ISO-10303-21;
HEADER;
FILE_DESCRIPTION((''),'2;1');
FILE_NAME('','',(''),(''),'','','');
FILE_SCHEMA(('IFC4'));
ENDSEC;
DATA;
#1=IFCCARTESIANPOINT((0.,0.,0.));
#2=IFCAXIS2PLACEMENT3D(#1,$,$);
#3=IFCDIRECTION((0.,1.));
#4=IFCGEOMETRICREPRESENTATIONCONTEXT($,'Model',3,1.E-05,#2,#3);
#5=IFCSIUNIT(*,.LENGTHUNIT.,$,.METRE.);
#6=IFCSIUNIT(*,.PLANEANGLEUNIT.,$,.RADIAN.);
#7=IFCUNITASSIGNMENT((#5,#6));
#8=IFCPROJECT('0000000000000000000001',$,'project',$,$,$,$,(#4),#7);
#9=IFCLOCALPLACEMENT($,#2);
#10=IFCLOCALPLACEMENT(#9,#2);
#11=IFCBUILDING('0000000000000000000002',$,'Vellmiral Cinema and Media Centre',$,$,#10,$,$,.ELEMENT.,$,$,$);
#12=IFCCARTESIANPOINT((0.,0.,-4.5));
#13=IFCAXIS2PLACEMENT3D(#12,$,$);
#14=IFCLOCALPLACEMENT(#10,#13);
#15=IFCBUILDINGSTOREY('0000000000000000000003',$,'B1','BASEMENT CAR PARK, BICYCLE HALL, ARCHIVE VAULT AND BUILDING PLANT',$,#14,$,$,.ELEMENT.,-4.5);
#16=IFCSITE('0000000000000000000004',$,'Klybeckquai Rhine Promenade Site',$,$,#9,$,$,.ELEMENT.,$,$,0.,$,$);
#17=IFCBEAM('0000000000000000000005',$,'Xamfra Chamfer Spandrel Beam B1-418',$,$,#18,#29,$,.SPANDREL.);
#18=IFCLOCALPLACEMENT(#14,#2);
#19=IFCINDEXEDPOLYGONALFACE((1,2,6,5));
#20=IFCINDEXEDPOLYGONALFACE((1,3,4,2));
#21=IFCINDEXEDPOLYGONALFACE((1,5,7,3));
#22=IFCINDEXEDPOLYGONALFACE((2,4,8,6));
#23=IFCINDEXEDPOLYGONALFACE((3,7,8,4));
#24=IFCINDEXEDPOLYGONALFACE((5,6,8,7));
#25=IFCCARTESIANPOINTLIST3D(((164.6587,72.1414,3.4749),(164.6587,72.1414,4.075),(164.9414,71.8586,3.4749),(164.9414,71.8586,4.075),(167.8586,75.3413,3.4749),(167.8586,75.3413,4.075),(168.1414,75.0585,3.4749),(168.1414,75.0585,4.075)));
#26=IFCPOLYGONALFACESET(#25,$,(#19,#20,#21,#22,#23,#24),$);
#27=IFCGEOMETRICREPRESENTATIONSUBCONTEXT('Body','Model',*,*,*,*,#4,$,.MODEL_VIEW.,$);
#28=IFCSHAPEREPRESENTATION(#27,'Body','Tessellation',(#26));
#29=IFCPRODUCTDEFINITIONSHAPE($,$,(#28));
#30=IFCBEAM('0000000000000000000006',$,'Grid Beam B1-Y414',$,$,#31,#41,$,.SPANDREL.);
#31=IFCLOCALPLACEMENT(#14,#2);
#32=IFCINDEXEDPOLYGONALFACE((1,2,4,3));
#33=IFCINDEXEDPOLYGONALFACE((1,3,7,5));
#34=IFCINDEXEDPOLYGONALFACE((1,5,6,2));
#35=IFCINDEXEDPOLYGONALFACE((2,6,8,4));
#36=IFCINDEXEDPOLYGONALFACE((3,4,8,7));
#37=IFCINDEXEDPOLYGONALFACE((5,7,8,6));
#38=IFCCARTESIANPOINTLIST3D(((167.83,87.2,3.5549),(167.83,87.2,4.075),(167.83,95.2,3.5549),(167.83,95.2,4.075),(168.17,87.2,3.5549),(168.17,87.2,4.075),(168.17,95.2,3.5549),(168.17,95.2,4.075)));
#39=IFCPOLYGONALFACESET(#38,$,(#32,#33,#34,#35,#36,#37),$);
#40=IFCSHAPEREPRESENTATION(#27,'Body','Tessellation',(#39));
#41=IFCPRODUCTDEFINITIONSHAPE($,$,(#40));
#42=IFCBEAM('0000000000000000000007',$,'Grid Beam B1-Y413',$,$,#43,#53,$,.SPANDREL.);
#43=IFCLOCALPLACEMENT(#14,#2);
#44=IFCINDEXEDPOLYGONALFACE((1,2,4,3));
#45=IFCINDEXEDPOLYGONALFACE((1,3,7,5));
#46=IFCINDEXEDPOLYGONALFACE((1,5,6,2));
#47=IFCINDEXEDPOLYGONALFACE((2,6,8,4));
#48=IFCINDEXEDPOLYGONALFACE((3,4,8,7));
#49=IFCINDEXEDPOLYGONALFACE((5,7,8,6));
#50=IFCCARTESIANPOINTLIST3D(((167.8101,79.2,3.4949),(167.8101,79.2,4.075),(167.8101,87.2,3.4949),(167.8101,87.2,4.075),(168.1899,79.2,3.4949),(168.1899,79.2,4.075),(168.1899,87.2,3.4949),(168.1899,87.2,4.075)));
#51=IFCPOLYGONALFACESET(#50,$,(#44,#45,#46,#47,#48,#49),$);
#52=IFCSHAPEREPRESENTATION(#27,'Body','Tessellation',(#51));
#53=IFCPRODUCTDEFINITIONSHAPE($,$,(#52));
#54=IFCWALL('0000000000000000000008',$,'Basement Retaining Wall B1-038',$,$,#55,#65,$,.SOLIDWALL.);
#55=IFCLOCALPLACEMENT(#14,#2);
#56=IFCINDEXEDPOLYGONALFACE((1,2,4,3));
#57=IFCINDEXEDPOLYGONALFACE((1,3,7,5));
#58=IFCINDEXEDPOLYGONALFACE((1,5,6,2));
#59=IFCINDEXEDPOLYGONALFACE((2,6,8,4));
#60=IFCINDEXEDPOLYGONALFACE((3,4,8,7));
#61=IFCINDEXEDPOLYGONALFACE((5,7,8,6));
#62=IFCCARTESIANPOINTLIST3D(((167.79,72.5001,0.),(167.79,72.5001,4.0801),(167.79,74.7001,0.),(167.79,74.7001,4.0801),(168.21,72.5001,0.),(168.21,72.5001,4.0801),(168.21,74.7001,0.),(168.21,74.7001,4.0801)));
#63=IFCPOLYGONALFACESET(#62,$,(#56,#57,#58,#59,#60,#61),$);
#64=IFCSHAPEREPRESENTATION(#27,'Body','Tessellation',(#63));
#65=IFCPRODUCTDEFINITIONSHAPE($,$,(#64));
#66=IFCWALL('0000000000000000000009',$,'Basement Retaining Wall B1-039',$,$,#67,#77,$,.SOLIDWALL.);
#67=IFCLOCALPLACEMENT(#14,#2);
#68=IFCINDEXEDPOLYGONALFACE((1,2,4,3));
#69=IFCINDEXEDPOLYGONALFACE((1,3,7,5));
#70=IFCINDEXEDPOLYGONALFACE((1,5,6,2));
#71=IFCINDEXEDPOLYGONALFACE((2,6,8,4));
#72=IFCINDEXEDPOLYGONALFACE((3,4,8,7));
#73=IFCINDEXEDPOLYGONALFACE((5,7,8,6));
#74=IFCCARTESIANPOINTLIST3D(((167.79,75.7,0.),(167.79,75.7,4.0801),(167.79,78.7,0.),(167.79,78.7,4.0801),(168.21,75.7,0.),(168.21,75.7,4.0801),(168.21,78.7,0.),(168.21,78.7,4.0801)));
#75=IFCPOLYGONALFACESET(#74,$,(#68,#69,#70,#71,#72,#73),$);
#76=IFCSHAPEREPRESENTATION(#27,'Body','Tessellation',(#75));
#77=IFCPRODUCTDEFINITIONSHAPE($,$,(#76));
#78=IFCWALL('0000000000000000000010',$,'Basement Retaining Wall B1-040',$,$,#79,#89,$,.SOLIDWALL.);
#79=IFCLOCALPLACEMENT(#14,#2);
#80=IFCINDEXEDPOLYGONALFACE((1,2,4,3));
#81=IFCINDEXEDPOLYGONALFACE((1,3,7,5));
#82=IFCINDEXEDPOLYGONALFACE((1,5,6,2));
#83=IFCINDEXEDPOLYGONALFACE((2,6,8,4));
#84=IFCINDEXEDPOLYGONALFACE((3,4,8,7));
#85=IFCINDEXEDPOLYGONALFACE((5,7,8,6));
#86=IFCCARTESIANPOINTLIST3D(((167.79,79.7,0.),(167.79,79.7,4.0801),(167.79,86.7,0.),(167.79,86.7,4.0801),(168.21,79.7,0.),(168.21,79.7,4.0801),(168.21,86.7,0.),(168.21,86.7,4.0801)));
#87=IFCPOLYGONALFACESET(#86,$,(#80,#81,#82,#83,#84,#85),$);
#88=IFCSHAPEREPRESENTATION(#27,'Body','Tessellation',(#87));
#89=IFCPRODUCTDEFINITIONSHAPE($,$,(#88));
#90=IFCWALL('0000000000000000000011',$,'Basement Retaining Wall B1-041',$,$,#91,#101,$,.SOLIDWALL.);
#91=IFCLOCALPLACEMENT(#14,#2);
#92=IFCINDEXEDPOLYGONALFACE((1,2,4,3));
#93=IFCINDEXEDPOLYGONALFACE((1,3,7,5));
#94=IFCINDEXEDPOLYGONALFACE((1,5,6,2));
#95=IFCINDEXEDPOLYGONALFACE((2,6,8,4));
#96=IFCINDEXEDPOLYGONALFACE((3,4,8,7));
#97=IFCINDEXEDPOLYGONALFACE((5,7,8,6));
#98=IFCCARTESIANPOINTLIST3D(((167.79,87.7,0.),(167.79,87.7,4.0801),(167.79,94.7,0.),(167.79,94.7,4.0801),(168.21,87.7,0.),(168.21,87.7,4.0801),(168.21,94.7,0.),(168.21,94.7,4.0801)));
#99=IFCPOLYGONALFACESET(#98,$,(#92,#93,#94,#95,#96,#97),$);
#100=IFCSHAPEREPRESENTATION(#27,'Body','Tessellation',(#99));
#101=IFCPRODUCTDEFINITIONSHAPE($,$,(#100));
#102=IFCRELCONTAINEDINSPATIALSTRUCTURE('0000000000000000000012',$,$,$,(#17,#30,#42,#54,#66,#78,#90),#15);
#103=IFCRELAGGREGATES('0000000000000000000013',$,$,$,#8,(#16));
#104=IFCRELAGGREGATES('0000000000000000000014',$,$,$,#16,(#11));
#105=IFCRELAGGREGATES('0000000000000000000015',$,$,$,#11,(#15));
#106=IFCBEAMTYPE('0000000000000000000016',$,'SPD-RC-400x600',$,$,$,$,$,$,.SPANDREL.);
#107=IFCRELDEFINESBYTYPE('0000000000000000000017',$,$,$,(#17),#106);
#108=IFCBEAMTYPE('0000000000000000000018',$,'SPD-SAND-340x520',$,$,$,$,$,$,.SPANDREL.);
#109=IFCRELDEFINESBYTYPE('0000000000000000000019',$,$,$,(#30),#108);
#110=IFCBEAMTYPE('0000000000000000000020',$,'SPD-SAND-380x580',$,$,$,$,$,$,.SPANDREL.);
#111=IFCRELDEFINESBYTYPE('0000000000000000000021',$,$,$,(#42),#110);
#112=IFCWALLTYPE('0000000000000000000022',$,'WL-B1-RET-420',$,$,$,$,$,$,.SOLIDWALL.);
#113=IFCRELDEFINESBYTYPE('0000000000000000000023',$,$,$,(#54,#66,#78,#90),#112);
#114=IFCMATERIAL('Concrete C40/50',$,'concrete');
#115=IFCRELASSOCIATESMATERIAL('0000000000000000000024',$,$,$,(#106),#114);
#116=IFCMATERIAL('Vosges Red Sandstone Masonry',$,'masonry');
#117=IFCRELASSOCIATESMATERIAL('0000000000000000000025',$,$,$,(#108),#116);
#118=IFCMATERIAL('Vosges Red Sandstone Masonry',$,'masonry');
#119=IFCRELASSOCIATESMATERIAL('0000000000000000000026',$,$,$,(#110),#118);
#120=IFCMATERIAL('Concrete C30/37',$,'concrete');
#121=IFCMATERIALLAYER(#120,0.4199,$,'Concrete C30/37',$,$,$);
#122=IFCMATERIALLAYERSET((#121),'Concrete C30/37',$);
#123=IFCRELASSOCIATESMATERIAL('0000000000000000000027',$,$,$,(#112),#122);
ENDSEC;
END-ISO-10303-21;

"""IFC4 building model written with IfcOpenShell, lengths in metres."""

from ifc_helpers import new_model, si_unit, direction, frame, frame_2d, origin, origin_2d, place, context, subcontext, project, spatial, rectangle, extrude, material, layer, layer_set, material_profile, profile_set, type_object, element, save


model = new_model("IFC4")

# Units and contexts
model_context = context("Model", 3, precision=1e-05, world=origin(), true_north=direction((0.0, 1.0)))
body_context = subcontext(model_context, "Body", "Model", "MODEL_VIEW")
ifc_project = project(units=[si_unit("LENGTHUNIT", "METRE"), si_unit("PLANEANGLEUNIT", "RADIAN")], contexts=[model_context])

# Site, building, storey
site_placement = place(None, origin())
site = spatial("IfcSite", under=ifc_project, at=site_placement, Name="Klybeckquai Rhine Promenade Site", CompositionType="ELEMENT", RefElevation=0.0)
building_placement = place(site_placement, origin())
building = spatial("IfcBuilding", under=site, at=building_placement, Name="Vellmiral Cinema and Media Centre", CompositionType="ELEMENT")
storey_placement = place(building_placement, frame((0.0, 0.0, -4.5)))
storey = spatial("IfcBuildingStorey", under=building, at=storey_placement, Name="B1", Description="BASEMENT CAR PARK, BICYCLE HALL, ARCHIVE VAULT AND BUILDING PLANT", CompositionType="ELEMENT", Elevation=-4.5)

# Beams
ifc_material_1 = material(Name="Concrete C40/50", Category="concrete")
ifc_material_profile_1 = material_profile(ifc_material_1, rectangle(XDim=0.3999, YDim=0.6001, at=origin_2d()), Name="RC 400x600")
ifc_profile_set_1 = profile_set([ifc_material_profile_1], Name="Concrete C40/50")
beam_type_1 = type_object("IfcBeamType", Name="SPD-RC-400x600", PredefinedType="SPANDREL", material=ifc_profile_set_1)
beam_1_placement = place(storey_placement, frame((164.8, 72.0, 3.7749), z_axis=(0.707107, 0.707107, 0.0), x_axis=(-0.707107, 0.707107, 0.0)))
element("IfcBeam", 1, at=beam_1_placement, inside=storey, type_object=beam_type_1, Name="Xamfra Chamfer Spandrel Beam B1-418", PredefinedType="SPANDREL", context=body_context, shape_type="SweptSolid", body=[
    extrude(rectangle(XDim=0.3999, YDim=0.6001, at=origin_2d()), origin(), (0.0, 0.0, 1.0), 4.5254),
])
ifc_material_2 = material(Name="Vosges Red Sandstone Masonry", Category="masonry")
ifc_material_profile_2 = material_profile(ifc_material_2, rectangle(XDim=0.3401, YDim=0.52, at=origin_2d()), Name="SAND 340x520")
ifc_profile_set_2 = profile_set([ifc_material_profile_2], Name="Vosges Red Sandstone Masonry")
beam_type_2 = type_object("IfcBeamType", Name="SPD-SAND-340x520", PredefinedType="SPANDREL", material=ifc_profile_set_2)
beam_2_placement = place(storey_placement, frame((168.0, 87.2, 3.8149), z_axis=(0.0, 1.0, 0.0), x_axis=(-1.0, 0.0, 0.0)))
element("IfcBeam", 2, at=beam_2_placement, inside=storey, type_object=beam_type_2, Name="Grid Beam B1-Y414", PredefinedType="SPANDREL", context=body_context, shape_type="SweptSolid", body=[
    extrude(rectangle(XDim=0.3401, YDim=0.52, at=origin_2d()), origin(), (0.0, 0.0, 1.0), 8.0),
])
ifc_material_3 = material(Name="Vosges Red Sandstone Masonry", Category="masonry")
ifc_material_profile_3 = material_profile(ifc_material_3, rectangle(XDim=0.3799, YDim=0.5801, at=origin_2d()), Name="SAND 380x580")
ifc_profile_set_3 = profile_set([ifc_material_profile_3], Name="Vosges Red Sandstone Masonry")
beam_type_3 = type_object("IfcBeamType", Name="SPD-SAND-380x580", PredefinedType="SPANDREL", material=ifc_profile_set_3)
beam_3_placement = place(storey_placement, frame((168.0, 79.2, 3.7849), z_axis=(0.0, 1.0, 0.0), x_axis=(-1.0, 0.0, 0.0)))
element("IfcBeam", 3, at=beam_3_placement, inside=storey, type_object=beam_type_3, Name="Grid Beam B1-Y413", PredefinedType="SPANDREL", context=body_context, shape_type="SweptSolid", body=[
    extrude(rectangle(XDim=0.3799, YDim=0.5801, at=origin_2d()), origin(), (0.0, 0.0, 1.0), 8.0),
])

# Walls
ifc_material_4 = material(Name="Concrete C30/37", Category="concrete")
ifc_layer = layer(ifc_material_4, 0.4199, Name="Concrete C30/37")
ifc_layer_set = layer_set([ifc_layer], Name="Concrete C30/37")
wall_type = type_object("IfcWallType", Name="WL-B1-RET-420", PredefinedType="SOLIDWALL", material=ifc_layer_set)
wall_1_placement = place(storey_placement, frame((168.0, 72.5, 0.0), z_axis=(0.0, 0.0, 1.0), x_axis=(0.0, 1.0, 0.0)))
element("IfcWall", 4, at=wall_1_placement, inside=storey, type_object=wall_type, Name="Basement Retaining Wall B1-038", PredefinedType="SOLIDWALL", context=body_context, shape_type="SweptSolid", body=[
    extrude(rectangle(XDim=2.2, YDim=0.4199, at=frame_2d((1.1001, 0.0))), origin(), (0.0, 0.0, 1.0), 4.0801),
])
wall_2_placement = place(storey_placement, frame((168.0, 75.7, 0.0), z_axis=(0.0, 0.0, 1.0), x_axis=(0.0, 1.0, 0.0)))
element("IfcWall", 5, at=wall_2_placement, inside=storey, type_object=wall_type, Name="Basement Retaining Wall B1-039", PredefinedType="SOLIDWALL", context=body_context, shape_type="SweptSolid", body=[
    extrude(rectangle(XDim=3.0, YDim=0.4199, at=frame_2d((1.5, 0.0))), origin(), (0.0, 0.0, 1.0), 4.0801),
])
for number, where, z_axis, x_axis, name in (
    (6, (168.0, 79.7, 0.0), (0.0, 0.0, 1.0), (0.0, 1.0, 0.0), "Basement Retaining Wall B1-040"),
    (7, (168.0, 87.7, 0.0), (0.0, 0.0, 1.0), (0.0, 1.0, 0.0), "Basement Retaining Wall B1-041"),
):
    element("IfcWall", number, at=place(storey_placement, frame(where, z_axis=z_axis, x_axis=x_axis)), inside=storey, type_object=wall_type, Name=name, PredefinedType="SOLIDWALL", context=body_context, shape_type="SweptSolid", body=[
        extrude(rectangle(XDim=7.0, YDim=0.4199, at=frame_2d((3.5, 0.0))), origin(), (0.0, 0.0, 1.0), 4.0801),
    ])

save(model, "model.ifc")
